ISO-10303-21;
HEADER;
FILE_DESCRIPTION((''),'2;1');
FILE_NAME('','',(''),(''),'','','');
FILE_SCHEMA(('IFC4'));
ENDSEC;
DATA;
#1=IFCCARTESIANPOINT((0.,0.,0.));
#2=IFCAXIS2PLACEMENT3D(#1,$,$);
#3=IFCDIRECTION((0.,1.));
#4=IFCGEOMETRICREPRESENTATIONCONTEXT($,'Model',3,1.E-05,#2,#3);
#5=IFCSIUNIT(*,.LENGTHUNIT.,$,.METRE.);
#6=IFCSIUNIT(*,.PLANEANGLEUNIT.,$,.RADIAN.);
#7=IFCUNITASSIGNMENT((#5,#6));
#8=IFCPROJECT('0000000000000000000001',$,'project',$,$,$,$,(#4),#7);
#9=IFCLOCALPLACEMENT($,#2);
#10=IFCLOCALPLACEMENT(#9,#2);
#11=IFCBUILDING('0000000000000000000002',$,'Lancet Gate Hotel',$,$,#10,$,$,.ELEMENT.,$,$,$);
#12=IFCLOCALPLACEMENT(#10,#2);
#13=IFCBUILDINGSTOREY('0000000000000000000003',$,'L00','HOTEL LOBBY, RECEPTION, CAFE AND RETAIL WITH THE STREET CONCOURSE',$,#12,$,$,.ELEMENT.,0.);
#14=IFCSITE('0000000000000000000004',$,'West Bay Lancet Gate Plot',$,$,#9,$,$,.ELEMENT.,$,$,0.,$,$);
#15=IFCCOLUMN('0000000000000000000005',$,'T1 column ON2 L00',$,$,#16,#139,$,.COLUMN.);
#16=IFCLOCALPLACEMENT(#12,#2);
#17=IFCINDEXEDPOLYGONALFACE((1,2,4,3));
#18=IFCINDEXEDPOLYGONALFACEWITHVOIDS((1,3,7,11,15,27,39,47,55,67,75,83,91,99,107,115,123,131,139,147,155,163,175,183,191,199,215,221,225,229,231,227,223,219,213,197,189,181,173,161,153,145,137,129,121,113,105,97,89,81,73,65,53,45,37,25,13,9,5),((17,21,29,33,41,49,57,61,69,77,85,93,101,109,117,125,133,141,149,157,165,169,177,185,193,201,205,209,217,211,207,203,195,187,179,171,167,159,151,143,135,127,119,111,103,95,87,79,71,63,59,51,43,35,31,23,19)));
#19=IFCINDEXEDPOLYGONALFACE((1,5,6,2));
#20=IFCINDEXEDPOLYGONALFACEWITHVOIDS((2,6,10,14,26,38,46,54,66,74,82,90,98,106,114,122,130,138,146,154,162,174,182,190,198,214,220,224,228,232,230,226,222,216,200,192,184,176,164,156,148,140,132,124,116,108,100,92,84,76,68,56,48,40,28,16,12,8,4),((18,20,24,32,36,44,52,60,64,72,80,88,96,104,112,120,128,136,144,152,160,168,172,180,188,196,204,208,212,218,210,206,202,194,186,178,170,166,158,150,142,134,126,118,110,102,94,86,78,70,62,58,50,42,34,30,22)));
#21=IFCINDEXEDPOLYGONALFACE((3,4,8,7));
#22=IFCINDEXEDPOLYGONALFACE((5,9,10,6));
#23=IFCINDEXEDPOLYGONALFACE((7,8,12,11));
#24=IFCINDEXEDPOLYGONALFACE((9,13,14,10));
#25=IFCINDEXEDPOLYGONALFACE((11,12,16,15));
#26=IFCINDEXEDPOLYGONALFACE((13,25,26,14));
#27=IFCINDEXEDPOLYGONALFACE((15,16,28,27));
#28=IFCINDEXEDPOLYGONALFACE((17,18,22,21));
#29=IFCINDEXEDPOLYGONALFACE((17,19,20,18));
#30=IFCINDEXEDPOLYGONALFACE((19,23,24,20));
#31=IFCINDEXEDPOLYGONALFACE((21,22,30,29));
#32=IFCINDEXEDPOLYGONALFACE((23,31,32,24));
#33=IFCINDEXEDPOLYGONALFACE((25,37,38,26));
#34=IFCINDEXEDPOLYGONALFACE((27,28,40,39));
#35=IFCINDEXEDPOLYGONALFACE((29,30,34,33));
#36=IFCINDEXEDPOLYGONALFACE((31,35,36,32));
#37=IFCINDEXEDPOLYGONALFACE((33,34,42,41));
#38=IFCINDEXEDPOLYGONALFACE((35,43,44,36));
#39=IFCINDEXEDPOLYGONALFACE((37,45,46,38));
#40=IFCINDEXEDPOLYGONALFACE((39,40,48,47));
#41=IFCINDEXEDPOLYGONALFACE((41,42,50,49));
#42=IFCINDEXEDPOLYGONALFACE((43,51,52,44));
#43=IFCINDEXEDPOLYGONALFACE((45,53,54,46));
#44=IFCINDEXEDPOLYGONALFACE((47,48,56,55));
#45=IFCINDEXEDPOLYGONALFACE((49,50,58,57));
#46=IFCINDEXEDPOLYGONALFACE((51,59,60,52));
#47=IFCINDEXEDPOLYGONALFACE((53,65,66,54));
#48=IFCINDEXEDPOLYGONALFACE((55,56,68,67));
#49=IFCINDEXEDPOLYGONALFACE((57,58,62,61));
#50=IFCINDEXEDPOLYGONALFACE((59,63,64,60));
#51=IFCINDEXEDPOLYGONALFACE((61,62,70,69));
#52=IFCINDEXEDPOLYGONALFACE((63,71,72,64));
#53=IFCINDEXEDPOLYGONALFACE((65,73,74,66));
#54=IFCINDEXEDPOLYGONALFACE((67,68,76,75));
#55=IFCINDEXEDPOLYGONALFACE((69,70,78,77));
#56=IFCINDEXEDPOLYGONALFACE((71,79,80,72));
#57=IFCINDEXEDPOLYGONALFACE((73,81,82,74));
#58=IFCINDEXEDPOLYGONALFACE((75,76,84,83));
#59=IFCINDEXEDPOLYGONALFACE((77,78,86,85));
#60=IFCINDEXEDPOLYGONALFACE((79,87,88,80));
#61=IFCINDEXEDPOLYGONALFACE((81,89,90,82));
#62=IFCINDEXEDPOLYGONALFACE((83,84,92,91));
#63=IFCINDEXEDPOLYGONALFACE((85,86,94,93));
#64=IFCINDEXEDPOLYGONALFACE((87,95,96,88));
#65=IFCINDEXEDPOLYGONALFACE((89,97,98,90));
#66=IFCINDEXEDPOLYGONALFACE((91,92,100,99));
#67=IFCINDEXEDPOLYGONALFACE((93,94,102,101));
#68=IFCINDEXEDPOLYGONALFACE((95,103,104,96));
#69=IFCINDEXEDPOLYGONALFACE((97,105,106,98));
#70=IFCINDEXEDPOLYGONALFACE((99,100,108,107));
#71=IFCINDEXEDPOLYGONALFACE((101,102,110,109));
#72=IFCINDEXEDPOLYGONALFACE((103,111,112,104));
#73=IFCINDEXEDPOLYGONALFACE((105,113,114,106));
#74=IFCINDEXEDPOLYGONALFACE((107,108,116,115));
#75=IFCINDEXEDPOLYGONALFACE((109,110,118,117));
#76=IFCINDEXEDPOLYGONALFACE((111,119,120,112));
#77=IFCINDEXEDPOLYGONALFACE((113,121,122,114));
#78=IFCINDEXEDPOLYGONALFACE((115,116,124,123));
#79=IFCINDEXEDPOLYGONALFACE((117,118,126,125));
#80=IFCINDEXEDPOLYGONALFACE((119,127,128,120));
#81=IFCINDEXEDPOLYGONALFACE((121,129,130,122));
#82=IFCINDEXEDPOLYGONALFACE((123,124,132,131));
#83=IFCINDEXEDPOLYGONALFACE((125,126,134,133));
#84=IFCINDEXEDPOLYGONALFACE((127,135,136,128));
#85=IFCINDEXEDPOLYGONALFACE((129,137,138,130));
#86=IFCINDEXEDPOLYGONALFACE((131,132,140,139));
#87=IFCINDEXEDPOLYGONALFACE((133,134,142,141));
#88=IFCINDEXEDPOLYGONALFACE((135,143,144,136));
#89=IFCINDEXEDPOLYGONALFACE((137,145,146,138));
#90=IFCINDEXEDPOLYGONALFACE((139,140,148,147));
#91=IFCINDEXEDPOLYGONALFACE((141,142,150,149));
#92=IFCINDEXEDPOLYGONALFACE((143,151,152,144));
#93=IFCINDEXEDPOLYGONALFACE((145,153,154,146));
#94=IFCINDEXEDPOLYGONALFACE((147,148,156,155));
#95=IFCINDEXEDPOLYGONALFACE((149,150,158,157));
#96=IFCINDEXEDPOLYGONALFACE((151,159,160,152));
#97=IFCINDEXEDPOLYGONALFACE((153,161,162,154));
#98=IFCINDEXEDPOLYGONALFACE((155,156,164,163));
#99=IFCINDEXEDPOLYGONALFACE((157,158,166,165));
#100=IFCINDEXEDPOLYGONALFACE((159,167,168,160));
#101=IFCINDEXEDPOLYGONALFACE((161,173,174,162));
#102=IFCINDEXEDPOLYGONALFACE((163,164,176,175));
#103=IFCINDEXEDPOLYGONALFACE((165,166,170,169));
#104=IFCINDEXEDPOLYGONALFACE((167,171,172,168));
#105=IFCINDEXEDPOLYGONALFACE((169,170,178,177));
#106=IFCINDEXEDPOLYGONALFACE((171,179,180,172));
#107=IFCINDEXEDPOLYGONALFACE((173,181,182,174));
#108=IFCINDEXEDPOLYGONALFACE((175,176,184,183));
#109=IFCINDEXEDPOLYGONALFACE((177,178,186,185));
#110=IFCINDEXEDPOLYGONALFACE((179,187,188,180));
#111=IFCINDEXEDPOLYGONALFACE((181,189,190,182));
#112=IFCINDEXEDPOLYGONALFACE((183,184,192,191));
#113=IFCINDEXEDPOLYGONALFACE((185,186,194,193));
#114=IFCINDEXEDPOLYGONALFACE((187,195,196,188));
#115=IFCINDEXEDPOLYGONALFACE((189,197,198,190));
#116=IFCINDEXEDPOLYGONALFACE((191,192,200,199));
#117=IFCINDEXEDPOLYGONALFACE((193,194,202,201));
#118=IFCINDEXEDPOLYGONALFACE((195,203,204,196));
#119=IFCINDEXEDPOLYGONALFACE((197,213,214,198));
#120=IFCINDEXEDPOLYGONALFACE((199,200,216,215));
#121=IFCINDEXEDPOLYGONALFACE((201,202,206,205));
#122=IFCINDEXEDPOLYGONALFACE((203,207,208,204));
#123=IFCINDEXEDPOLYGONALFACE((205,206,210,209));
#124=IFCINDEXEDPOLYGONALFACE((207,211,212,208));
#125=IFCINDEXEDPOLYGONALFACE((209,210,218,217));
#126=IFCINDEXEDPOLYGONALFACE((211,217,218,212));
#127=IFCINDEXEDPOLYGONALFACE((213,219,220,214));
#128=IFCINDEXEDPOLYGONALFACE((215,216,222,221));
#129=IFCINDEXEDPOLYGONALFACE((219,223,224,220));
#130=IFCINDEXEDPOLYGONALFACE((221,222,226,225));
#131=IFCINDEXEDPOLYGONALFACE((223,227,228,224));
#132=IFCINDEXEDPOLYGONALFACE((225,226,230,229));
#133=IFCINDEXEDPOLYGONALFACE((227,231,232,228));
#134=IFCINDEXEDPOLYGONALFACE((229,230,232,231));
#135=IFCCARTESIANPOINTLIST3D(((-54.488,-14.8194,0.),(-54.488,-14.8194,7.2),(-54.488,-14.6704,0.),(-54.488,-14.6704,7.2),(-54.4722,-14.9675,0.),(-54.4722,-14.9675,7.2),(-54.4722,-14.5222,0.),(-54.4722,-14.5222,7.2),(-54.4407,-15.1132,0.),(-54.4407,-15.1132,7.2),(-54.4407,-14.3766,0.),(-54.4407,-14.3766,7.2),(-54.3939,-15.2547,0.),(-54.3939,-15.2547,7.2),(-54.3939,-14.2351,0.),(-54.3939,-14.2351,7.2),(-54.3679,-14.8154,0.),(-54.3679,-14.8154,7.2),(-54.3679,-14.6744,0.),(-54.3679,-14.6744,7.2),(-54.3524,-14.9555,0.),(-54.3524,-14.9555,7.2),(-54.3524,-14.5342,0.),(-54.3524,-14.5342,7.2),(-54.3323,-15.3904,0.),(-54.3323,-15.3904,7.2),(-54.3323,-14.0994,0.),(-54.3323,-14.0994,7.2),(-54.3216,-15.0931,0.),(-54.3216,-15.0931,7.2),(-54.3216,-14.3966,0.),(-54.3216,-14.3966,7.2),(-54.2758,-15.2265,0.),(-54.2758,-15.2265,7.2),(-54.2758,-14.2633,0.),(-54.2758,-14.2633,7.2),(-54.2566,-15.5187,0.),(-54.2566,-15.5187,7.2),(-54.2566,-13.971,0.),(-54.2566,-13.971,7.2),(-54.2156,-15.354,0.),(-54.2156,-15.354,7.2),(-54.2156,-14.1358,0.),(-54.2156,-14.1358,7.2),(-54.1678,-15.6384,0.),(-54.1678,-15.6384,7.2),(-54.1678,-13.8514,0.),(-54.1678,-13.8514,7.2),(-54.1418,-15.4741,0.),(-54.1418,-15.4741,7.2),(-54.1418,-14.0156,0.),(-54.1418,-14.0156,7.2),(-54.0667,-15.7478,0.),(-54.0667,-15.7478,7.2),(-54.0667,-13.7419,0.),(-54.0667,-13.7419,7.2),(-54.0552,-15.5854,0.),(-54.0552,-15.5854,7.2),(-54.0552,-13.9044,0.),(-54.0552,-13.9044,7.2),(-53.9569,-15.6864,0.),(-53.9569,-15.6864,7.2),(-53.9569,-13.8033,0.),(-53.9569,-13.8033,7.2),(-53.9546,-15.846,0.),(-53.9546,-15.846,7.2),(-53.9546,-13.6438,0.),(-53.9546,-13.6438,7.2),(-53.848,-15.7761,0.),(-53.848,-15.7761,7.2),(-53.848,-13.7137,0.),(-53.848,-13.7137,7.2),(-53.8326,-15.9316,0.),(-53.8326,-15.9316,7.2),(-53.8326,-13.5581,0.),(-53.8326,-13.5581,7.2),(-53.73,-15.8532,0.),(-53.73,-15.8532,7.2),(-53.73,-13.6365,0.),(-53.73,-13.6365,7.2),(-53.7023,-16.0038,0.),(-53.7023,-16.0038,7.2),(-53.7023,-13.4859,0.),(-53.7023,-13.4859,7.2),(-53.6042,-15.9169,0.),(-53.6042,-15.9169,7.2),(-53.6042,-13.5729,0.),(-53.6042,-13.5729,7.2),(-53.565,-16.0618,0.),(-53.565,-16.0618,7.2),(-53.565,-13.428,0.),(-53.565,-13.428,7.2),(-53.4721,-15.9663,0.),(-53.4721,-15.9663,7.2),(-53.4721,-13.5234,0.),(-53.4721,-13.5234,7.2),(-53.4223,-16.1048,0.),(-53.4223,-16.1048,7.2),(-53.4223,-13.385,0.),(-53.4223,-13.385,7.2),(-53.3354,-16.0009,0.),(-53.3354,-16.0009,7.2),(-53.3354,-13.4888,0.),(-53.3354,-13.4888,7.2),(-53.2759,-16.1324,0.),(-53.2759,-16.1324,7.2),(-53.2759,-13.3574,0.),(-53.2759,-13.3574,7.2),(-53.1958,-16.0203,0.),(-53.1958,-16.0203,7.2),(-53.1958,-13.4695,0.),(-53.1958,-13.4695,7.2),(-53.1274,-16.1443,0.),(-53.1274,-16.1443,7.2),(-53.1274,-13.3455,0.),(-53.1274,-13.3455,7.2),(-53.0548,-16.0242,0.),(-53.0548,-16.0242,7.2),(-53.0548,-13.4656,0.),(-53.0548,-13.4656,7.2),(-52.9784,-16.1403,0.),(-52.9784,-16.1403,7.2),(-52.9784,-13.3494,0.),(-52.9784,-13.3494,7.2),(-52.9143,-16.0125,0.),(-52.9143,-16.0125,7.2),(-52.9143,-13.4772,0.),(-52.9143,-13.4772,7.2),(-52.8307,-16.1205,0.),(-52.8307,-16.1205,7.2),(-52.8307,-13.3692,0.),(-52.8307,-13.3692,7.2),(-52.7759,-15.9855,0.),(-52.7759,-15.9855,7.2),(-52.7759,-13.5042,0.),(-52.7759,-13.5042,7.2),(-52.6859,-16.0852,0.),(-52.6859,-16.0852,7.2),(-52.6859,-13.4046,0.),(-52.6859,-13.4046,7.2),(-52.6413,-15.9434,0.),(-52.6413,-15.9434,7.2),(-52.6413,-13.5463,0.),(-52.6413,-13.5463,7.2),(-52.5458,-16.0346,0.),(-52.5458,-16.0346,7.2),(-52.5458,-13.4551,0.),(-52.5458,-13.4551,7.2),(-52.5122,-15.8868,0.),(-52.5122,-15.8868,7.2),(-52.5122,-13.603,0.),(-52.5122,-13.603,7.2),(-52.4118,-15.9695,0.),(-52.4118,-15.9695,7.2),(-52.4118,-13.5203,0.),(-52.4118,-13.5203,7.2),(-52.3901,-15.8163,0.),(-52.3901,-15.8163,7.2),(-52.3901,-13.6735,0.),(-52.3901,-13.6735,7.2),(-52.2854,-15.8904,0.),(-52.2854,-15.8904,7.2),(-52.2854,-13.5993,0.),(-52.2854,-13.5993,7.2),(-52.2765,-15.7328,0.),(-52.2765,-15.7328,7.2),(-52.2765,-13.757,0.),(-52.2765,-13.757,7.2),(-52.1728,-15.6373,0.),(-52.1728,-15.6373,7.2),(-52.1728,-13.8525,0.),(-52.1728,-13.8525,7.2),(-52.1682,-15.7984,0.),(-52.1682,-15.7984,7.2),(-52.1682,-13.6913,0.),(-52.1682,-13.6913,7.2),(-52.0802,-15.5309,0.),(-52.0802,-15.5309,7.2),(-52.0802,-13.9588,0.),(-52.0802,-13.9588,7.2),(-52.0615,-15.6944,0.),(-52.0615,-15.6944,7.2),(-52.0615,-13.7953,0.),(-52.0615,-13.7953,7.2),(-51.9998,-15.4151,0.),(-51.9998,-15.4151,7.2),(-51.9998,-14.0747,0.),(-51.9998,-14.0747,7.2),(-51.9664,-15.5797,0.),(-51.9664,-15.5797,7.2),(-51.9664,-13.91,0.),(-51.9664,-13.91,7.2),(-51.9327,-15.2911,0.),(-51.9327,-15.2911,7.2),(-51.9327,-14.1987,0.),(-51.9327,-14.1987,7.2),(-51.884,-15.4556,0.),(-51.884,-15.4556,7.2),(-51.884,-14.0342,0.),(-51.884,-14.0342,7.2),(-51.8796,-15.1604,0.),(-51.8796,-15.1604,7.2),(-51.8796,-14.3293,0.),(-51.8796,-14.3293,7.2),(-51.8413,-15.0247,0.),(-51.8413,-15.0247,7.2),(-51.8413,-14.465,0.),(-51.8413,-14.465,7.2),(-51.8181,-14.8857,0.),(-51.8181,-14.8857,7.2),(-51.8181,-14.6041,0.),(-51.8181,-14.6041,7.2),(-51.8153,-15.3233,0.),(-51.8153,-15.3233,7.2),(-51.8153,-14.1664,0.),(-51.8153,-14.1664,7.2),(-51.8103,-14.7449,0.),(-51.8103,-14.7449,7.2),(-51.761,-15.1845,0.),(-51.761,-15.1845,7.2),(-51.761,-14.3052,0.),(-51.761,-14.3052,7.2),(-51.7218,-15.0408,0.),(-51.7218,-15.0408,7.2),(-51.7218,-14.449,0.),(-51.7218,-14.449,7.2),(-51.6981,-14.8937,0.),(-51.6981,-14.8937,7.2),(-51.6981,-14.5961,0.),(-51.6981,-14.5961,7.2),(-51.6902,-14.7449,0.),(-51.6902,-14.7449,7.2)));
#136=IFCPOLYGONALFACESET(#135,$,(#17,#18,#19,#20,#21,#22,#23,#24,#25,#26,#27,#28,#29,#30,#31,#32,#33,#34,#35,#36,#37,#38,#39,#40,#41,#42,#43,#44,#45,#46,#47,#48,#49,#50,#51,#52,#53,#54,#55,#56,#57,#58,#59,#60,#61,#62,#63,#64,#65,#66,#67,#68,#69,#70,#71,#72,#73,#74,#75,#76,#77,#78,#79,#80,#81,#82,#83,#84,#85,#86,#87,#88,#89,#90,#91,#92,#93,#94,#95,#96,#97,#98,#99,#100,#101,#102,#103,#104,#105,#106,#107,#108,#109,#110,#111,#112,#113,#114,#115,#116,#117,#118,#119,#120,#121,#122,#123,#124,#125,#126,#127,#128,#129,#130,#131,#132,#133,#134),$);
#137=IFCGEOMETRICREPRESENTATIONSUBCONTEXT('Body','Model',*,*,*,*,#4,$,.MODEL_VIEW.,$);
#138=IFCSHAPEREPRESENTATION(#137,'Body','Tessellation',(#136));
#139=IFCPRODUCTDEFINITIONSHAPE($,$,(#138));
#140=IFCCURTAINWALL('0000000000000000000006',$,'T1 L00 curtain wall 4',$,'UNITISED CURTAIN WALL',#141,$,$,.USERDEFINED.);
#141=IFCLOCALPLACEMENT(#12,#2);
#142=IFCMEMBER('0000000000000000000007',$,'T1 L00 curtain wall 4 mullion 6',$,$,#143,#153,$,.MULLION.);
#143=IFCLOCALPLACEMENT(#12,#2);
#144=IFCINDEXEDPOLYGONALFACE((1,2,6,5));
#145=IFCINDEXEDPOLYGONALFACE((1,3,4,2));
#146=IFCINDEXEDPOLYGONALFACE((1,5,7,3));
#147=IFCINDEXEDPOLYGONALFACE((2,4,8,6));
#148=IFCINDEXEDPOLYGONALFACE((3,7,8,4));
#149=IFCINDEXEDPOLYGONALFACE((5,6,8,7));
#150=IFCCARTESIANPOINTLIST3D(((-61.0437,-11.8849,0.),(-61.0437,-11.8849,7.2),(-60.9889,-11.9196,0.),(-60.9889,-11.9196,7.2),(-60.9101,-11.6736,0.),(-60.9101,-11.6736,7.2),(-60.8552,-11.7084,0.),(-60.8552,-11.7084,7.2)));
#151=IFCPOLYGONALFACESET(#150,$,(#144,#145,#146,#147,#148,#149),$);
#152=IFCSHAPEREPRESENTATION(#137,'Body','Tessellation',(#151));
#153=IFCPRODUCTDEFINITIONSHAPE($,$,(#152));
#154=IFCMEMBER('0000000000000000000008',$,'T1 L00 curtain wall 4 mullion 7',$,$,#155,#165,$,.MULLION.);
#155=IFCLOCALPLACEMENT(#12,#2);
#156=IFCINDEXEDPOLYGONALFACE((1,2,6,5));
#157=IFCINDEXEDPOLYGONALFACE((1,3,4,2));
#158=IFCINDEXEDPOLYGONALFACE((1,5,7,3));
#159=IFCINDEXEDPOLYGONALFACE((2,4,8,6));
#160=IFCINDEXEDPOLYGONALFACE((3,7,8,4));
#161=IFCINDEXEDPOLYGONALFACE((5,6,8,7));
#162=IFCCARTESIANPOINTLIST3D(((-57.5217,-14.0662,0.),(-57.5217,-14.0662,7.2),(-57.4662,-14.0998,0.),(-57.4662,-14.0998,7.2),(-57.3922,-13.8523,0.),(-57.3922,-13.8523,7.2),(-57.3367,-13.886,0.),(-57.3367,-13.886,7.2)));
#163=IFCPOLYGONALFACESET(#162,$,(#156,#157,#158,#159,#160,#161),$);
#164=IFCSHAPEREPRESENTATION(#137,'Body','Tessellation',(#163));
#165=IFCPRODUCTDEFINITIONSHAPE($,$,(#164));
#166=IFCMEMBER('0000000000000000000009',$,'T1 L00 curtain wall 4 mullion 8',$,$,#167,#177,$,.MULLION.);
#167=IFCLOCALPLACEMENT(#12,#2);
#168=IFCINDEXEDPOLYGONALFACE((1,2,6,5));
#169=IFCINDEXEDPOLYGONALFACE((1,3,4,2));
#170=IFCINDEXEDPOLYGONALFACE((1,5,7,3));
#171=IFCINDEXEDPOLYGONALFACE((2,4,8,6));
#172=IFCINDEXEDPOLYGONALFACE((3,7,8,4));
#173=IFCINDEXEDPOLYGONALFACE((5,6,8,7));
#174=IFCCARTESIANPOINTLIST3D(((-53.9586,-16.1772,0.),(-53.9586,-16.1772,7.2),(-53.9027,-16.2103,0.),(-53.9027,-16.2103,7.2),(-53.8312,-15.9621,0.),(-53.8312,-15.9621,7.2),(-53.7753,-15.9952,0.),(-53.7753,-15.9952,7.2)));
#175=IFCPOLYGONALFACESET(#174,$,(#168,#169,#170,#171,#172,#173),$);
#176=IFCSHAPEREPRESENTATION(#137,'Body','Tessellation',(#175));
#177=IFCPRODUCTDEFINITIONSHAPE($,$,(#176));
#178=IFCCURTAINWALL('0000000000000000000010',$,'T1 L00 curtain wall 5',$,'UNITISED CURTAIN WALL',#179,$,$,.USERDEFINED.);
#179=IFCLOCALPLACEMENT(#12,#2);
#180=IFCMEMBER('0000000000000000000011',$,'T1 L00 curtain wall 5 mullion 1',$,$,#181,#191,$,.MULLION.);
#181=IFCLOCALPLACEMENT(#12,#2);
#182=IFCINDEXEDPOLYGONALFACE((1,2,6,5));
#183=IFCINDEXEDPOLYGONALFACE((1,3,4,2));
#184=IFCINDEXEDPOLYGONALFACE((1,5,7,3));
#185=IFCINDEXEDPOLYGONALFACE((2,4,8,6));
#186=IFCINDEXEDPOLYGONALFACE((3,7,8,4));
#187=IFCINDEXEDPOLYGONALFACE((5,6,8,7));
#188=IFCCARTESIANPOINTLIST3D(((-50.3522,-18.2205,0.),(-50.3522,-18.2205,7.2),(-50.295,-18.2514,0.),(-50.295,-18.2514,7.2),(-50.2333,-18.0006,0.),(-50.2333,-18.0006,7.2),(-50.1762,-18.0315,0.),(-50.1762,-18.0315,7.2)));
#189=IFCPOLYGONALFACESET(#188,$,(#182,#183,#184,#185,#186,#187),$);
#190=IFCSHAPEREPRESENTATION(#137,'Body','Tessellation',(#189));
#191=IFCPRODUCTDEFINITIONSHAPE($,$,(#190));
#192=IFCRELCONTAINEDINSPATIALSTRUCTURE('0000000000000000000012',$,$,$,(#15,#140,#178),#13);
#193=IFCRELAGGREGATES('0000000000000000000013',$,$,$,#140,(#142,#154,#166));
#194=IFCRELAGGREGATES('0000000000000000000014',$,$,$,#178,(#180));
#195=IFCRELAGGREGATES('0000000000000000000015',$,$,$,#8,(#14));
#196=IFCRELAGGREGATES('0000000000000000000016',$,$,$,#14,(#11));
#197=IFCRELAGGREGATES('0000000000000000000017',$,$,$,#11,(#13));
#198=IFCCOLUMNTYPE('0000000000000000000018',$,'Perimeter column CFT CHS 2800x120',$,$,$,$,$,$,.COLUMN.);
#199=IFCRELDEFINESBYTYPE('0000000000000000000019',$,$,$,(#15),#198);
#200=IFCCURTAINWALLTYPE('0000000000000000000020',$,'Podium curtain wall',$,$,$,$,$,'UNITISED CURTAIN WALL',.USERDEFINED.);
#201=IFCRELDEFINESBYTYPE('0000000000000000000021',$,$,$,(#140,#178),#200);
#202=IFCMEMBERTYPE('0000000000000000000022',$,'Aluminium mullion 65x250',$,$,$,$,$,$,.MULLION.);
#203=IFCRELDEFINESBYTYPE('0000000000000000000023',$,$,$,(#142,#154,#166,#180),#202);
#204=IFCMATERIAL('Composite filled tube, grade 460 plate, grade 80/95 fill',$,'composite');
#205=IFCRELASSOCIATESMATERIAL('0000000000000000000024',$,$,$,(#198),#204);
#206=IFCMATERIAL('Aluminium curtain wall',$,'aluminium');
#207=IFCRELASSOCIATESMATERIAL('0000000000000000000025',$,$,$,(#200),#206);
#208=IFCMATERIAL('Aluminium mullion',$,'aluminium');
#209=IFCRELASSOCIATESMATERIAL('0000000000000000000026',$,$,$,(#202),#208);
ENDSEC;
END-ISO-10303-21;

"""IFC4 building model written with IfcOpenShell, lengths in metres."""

from ifc_helpers import new_model, si_unit, direction, frame, origin, origin_2d, place, context, subcontext, project, spatial, rectangle, hollow_circle, extrude, material, material_profile, profile_set, type_object, element, aggregate, save


model = new_model("IFC4")

# Units and contexts
model_context = context("Model", 3, precision=1e-05, world=origin(), true_north=direction((0.0, 1.0)))
body_context = subcontext(model_context, "Body", "Model", "MODEL_VIEW")
ifc_project = project(units=[si_unit("LENGTHUNIT", "METRE"), si_unit("PLANEANGLEUNIT", "RADIAN")], contexts=[model_context])

# Site, building, storey
site_placement = place(None, origin())
site = spatial("IfcSite", under=ifc_project, at=site_placement, Name="West Bay Lancet Gate Plot", CompositionType="ELEMENT", RefElevation=0.0)
building_placement = place(site_placement, origin())
building = spatial("IfcBuilding", under=site, at=building_placement, Name="Lancet Gate Hotel", CompositionType="ELEMENT")
storey_placement = place(building_placement, origin())
storey = spatial("IfcBuildingStorey", under=building, at=storey_placement, Name="L00", Description="HOTEL LOBBY, RECEPTION, CAFE AND RETAIL WITH THE STREET CONCOURSE", CompositionType="ELEMENT", Elevation=0.0)

# Column
ifc_material_1 = material(Name="Composite filled tube, grade 460 plate, grade 80/95 fill", Category="composite")
ifc_material_profile_1 = material_profile(ifc_material_1, hollow_circle(Radius=1.3999, WallThickness=0.1201, at=origin_2d()), Name="CHS 2800x120")
ifc_profile_set_1 = profile_set([ifc_material_profile_1], Name="Composite filled tube, grade 460 plate, grade 80/95 fill")
column_type = type_object("IfcColumnType", Name="Perimeter column CFT CHS 2800x120", PredefinedType="COLUMN", material=ifc_profile_set_1)
column_placement = place(storey_placement, frame((-53.0901, -14.7449, 0.0), z_axis=(0.0, 0.0, 1.0), x_axis=(1.0, 0.0, 0.0)))
element("IfcColumn", 1, at=column_placement, inside=storey, type_object=column_type, Name="T1 column ON2 L00", PredefinedType="COLUMN", context=body_context, shape_type="SweptSolid", body=[
    extrude(hollow_circle(Radius=1.3999, WallThickness=0.1201, at=origin_2d()), origin(), (0.0, 0.0, 1.0), 7.2),
])

# Curtain wall, members
ifc_material_2 = material(Name="Aluminium curtain wall", Category="aluminium")
curtain_wall_type = type_object("IfcCurtainWallType", Name="Podium curtain wall", ElementType="UNITISED CURTAIN WALL", PredefinedType="USERDEFINED", material=ifc_material_2)
curtain_wall_1_placement = place(storey_placement, origin())
curtain_wall_1 = element("IfcCurtainWall", 2, at=curtain_wall_1_placement, inside=storey, type_object=curtain_wall_type, Name="T1 L00 curtain wall 4", ObjectType="UNITISED CURTAIN WALL", PredefinedType="USERDEFINED")
ifc_material_3 = material(Name="Aluminium mullion", Category="aluminium")
ifc_material_profile_2 = material_profile(ifc_material_3, rectangle(XDim=0.0649, YDim=0.25, at=origin_2d()), Name="MULLION 65x250")
ifc_profile_set_2 = profile_set([ifc_material_profile_2], Name="Aluminium mullion")
member_type_1 = type_object("IfcMemberType", Name="Aluminium mullion 65x250", PredefinedType="MULLION", material=ifc_profile_set_2)
member_1_placement = place(storey_placement, frame((-60.9495, -11.7966, 0.0), z_axis=(0.0, 0.0, 1.0), x_axis=(0.845029, -0.53472, 0.0)))
member_1 = element("IfcMember", 3, at=member_1_placement, type_object=member_type_1, Name="T1 L00 curtain wall 4 mullion 6", PredefinedType="MULLION", context=body_context, shape_type="SweptSolid", body=[
    extrude(rectangle(XDim=0.0649, YDim=0.25, at=origin_2d()), origin(), (0.0, 0.0, 1.0), 7.2),
])
member_2_placement = place(storey_placement, frame((-57.4292, -13.9761, 0.0), z_axis=(0.0, 0.0, 1.0), x_axis=(0.855346, -0.518057, 0.0)))
member_2 = element("IfcMember", 4, at=member_2_placement, type_object=member_type_1, Name="T1 L00 curtain wall 4 mullion 7", PredefinedType="MULLION", context=body_context, shape_type="SweptSolid", body=[
    extrude(rectangle(XDim=0.0649, YDim=0.25, at=origin_2d()), origin(), (0.0, 0.0, 1.0), 7.2),
])
member_3_placement = place(storey_placement, frame((-53.8669, -16.0862, 0.0), z_axis=(0.0, 0.0, 1.0), x_axis=(0.860382, -0.50965, 0.0)))
member_3 = element("IfcMember", 5, at=member_3_placement, type_object=member_type_1, Name="T1 L00 curtain wall 4 mullion 8", PredefinedType="MULLION", context=body_context, shape_type="SweptSolid", body=[
    extrude(rectangle(XDim=0.0649, YDim=0.25, at=origin_2d()), origin(), (0.0, 0.0, 1.0), 7.2),
])

# Curtain wall, member
curtain_wall_2_placement = place(storey_placement, origin())
curtain_wall_2 = element("IfcCurtainWall", 6, at=curtain_wall_2_placement, inside=storey, type_object=curtain_wall_type, Name="T1 L00 curtain wall 5", ObjectType="UNITISED CURTAIN WALL", PredefinedType="USERDEFINED")
member_4_placement = place(storey_placement, frame((-50.2642, -18.126, 0.0), z_axis=(0.0, 0.0, 1.0), x_axis=(0.879693, -0.475541, 0.0)))
member_4 = element("IfcMember", 7, at=member_4_placement, type_object=member_type_1, Name="T1 L00 curtain wall 5 mullion 1", PredefinedType="MULLION", context=body_context, shape_type="SweptSolid", body=[
    extrude(rectangle(XDim=0.0649, YDim=0.25, at=origin_2d()), origin(), (0.0, 0.0, 1.0), 7.2),
])

aggregate(curtain_wall_1, [member_1, member_2, member_3])
aggregate(curtain_wall_2, [member_4])

save(model, "model.ifc")
